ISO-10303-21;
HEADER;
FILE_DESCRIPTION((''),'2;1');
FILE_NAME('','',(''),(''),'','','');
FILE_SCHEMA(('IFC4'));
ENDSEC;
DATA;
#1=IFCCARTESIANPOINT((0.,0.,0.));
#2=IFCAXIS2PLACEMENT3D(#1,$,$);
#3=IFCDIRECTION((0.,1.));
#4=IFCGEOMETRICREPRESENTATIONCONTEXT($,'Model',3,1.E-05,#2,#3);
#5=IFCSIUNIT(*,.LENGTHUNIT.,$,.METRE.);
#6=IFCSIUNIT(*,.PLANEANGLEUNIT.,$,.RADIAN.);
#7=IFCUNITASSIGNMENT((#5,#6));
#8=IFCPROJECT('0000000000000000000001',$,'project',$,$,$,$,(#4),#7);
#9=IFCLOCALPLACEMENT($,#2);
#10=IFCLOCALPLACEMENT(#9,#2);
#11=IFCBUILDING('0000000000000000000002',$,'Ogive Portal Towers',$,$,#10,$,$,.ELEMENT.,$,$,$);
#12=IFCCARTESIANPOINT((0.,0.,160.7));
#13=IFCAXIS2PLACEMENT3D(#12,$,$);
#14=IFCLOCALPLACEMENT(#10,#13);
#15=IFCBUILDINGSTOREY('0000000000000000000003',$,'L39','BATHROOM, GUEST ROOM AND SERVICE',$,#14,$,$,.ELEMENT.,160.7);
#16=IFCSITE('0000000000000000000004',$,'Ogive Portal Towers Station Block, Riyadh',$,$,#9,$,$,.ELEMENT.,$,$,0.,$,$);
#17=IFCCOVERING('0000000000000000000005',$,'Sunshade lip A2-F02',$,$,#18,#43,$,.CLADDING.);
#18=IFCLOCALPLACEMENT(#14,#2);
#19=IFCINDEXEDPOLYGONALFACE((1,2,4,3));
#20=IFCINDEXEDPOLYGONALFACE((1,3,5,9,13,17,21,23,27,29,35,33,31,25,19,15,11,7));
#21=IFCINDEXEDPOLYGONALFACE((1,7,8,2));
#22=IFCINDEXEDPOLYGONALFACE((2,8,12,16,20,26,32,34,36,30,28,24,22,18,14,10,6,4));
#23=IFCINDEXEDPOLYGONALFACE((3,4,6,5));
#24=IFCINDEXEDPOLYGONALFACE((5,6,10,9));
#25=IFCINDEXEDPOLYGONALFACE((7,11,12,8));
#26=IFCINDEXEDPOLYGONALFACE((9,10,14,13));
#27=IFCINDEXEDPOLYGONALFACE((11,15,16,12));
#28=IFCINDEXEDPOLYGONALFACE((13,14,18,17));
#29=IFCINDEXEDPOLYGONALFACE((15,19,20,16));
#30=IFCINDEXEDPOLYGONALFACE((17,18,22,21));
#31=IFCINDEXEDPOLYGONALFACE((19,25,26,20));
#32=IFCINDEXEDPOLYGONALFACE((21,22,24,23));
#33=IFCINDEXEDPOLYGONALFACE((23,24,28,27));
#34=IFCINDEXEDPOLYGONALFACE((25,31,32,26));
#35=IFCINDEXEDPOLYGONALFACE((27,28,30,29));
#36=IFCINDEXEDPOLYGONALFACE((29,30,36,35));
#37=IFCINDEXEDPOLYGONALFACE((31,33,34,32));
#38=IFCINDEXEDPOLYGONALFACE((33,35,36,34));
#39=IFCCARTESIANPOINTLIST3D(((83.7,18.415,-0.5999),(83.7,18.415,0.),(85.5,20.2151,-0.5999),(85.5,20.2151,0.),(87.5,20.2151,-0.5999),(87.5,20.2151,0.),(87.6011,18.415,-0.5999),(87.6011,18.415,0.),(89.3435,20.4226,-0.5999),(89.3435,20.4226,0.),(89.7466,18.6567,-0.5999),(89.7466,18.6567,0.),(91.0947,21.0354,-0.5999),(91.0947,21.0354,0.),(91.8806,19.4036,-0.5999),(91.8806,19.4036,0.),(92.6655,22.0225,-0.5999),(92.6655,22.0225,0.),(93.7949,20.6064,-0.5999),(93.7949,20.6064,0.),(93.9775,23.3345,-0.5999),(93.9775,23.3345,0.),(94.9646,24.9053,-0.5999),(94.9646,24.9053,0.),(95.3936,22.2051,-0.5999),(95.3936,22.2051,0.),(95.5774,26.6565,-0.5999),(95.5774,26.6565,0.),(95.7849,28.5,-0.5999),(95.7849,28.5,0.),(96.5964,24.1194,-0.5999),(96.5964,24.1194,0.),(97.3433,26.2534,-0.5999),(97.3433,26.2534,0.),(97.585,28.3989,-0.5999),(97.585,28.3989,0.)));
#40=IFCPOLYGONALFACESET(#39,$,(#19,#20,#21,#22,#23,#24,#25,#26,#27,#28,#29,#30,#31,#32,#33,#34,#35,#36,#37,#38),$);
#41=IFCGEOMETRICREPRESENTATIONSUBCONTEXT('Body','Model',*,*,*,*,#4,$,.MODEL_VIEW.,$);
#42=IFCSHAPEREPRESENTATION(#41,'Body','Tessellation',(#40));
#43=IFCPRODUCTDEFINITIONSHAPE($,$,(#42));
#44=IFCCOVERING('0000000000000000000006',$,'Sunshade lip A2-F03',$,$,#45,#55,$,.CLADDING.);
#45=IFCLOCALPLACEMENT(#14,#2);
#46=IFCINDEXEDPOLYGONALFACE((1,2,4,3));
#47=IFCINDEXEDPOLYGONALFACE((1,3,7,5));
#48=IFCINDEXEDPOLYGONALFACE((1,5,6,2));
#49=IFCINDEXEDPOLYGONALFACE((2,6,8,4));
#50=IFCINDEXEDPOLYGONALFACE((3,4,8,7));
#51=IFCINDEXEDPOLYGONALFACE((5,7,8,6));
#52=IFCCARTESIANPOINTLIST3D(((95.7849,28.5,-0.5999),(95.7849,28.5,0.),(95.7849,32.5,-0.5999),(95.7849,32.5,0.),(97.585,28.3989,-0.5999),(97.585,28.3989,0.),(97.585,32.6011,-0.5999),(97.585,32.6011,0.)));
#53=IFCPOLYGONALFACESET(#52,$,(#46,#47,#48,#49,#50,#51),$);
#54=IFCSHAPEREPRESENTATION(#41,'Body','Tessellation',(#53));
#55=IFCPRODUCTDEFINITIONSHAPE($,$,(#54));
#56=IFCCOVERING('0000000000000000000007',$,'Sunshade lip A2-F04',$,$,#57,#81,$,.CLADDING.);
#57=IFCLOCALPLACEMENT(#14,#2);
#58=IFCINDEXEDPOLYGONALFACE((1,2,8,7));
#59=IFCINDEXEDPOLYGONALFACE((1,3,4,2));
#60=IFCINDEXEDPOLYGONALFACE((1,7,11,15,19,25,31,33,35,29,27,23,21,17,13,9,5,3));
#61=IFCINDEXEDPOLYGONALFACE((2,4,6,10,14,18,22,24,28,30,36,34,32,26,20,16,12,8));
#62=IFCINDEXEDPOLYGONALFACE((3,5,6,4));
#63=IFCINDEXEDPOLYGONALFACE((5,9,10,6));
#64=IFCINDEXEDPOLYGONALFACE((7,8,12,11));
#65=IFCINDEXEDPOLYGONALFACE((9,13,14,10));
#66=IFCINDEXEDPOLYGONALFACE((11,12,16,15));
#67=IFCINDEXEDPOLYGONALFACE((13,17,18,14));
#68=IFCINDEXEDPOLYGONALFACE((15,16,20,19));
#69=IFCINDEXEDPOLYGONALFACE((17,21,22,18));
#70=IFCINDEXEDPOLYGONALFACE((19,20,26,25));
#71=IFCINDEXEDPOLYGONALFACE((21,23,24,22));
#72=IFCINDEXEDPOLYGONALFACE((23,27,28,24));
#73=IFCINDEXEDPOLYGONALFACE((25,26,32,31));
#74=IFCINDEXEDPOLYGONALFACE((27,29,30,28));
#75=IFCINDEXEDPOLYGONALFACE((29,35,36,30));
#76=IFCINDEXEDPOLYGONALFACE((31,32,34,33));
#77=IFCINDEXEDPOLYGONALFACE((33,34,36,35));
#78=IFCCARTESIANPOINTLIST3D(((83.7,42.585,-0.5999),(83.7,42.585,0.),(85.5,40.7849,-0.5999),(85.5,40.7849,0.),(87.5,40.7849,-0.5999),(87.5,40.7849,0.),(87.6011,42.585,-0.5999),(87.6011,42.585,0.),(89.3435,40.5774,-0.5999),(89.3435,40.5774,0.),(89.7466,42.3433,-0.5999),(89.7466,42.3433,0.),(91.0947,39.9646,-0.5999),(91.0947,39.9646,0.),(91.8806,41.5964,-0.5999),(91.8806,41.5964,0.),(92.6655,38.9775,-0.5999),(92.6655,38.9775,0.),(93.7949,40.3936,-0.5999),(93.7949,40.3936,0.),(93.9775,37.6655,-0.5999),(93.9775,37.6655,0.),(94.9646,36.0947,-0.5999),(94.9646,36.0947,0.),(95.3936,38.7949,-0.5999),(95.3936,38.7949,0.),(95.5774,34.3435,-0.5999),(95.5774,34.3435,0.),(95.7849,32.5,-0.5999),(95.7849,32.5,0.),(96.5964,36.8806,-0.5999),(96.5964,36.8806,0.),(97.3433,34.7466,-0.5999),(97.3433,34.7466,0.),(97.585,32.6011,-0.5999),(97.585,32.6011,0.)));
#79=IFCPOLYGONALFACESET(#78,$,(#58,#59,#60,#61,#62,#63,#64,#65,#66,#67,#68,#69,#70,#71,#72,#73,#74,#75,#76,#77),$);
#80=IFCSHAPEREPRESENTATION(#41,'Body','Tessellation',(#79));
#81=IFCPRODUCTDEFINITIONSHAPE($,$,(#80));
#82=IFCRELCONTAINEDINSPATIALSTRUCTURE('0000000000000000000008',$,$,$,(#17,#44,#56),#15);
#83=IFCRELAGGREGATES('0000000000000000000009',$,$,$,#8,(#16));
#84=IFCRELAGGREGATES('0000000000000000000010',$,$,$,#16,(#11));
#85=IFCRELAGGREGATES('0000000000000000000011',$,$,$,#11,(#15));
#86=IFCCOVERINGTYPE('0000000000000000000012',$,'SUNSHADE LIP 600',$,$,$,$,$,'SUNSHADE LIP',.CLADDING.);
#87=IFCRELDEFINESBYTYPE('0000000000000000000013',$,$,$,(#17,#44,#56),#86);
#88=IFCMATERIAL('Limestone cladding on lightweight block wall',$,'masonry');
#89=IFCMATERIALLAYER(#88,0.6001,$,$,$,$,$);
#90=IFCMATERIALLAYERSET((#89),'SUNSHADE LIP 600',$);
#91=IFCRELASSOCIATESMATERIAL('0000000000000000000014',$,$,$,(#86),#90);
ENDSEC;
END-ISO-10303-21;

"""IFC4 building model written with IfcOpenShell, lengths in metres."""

from ifc_helpers import new_model, si_unit, direction, frame, origin, place, context, subcontext, project, spatial, polyline, outline, extrude, material, layer, layer_set, type_object, element, save


model = new_model("IFC4")

# Units and contexts
model_context = context("Model", 3, precision=1e-05, world=origin(), true_north=direction((0.0, 1.0)))
body_context = subcontext(model_context, "Body", "Model", "MODEL_VIEW")
ifc_project = project(units=[si_unit("LENGTHUNIT", "METRE"), si_unit("PLANEANGLEUNIT", "RADIAN")], contexts=[model_context])

# Site, building, storey
site_placement = place(None, origin())
site = spatial("IfcSite", under=ifc_project, at=site_placement, Name="Ogive Portal Towers Station Block, Riyadh", CompositionType="ELEMENT", RefElevation=0.0)
building_placement = place(site_placement, origin())
building = spatial("IfcBuilding", under=site, at=building_placement, Name="Ogive Portal Towers", CompositionType="ELEMENT")
storey_placement = place(building_placement, frame((0.0, 0.0, 160.7)))
storey = spatial("IfcBuildingStorey", under=building, at=storey_placement, Name="L39", Description="BATHROOM, GUEST ROOM AND SERVICE", CompositionType="ELEMENT", Elevation=160.7)

# Coverings
ifc_material_1 = material(Name="Limestone cladding on lightweight block wall", Category="masonry")
ifc_layer_1 = layer(ifc_material_1, 0.6001)
ifc_layer_set_1 = layer_set([ifc_layer_1], Name="SUNSHADE LIP 600")
covering_type_1 = type_object("IfcCoveringType", Name="SUNSHADE LIP 600", ElementType="SUNSHADE LIP", PredefinedType="CLADDING", material=ifc_layer_set_1)
covering_1_placement = place(storey_placement, frame((0.0, 0.0, -0.5999)))
element("IfcCovering", 1, at=covering_1_placement, inside=storey, type_object=covering_type_1, Name="Sunshade lip A2-F02", PredefinedType="CLADDING", context=body_context, shape_type="SweptSolid", body=[
    extrude(outline(polyline([(85.5, 20.2151), (87.5, 20.2151), (89.3435, 20.4226), (91.0947, 21.0354), (92.6655, 22.0225), (93.9775, 23.3345), (94.9646, 24.9053), (95.5774, 26.6565), (95.7849, 28.5), (97.585, 28.3989), (97.3433, 26.2534), (96.5964, 24.1194), (95.3936, 22.2051), (93.7949, 20.6064), (91.8806, 19.4036), (89.7466, 18.6567), (87.6011, 18.415), (83.7, 18.415), (85.5, 20.2151)])), origin(), (0.0, 0.0, 1.0), 0.5999),
])
covering_2_placement = place(storey_placement, frame((0.0, 0.0, -0.5999)))
element("IfcCovering", 2, at=covering_2_placement, inside=storey, type_object=covering_type_1, Name="Sunshade lip A2-F03", PredefinedType="CLADDING", context=body_context, shape_type="SweptSolid", body=[
    extrude(outline(polyline([(95.7849, 28.5), (95.7849, 32.5), (97.585, 32.6011), (97.585, 28.3989), (95.7849, 28.5)])), origin(), (0.0, 0.0, 1.0), 0.5999),
])
covering_3_placement = place(storey_placement, frame((0.0, 0.0, -0.5999)))
element("IfcCovering", 3, at=covering_3_placement, inside=storey, type_object=covering_type_1, Name="Sunshade lip A2-F04", PredefinedType="CLADDING", context=body_context, shape_type="SweptSolid", body=[
    extrude(outline(polyline([(95.7849, 32.5), (95.5774, 34.3435), (94.9646, 36.0947), (93.9775, 37.6655), (92.6655, 38.9775), (91.0947, 39.9646), (89.3435, 40.5774), (87.5, 40.7849), (85.5, 40.7849), (83.7, 42.585), (87.6011, 42.585), (89.7466, 42.3433), (91.8806, 41.5964), (93.7949, 40.3936), (95.3936, 38.7949), (96.5964, 36.8806), (97.3433, 34.7466), (97.585, 32.6011), (95.7849, 32.5)])), origin(), (0.0, 0.0, 1.0), 0.5999),
])

save(model, "model.ifc")
